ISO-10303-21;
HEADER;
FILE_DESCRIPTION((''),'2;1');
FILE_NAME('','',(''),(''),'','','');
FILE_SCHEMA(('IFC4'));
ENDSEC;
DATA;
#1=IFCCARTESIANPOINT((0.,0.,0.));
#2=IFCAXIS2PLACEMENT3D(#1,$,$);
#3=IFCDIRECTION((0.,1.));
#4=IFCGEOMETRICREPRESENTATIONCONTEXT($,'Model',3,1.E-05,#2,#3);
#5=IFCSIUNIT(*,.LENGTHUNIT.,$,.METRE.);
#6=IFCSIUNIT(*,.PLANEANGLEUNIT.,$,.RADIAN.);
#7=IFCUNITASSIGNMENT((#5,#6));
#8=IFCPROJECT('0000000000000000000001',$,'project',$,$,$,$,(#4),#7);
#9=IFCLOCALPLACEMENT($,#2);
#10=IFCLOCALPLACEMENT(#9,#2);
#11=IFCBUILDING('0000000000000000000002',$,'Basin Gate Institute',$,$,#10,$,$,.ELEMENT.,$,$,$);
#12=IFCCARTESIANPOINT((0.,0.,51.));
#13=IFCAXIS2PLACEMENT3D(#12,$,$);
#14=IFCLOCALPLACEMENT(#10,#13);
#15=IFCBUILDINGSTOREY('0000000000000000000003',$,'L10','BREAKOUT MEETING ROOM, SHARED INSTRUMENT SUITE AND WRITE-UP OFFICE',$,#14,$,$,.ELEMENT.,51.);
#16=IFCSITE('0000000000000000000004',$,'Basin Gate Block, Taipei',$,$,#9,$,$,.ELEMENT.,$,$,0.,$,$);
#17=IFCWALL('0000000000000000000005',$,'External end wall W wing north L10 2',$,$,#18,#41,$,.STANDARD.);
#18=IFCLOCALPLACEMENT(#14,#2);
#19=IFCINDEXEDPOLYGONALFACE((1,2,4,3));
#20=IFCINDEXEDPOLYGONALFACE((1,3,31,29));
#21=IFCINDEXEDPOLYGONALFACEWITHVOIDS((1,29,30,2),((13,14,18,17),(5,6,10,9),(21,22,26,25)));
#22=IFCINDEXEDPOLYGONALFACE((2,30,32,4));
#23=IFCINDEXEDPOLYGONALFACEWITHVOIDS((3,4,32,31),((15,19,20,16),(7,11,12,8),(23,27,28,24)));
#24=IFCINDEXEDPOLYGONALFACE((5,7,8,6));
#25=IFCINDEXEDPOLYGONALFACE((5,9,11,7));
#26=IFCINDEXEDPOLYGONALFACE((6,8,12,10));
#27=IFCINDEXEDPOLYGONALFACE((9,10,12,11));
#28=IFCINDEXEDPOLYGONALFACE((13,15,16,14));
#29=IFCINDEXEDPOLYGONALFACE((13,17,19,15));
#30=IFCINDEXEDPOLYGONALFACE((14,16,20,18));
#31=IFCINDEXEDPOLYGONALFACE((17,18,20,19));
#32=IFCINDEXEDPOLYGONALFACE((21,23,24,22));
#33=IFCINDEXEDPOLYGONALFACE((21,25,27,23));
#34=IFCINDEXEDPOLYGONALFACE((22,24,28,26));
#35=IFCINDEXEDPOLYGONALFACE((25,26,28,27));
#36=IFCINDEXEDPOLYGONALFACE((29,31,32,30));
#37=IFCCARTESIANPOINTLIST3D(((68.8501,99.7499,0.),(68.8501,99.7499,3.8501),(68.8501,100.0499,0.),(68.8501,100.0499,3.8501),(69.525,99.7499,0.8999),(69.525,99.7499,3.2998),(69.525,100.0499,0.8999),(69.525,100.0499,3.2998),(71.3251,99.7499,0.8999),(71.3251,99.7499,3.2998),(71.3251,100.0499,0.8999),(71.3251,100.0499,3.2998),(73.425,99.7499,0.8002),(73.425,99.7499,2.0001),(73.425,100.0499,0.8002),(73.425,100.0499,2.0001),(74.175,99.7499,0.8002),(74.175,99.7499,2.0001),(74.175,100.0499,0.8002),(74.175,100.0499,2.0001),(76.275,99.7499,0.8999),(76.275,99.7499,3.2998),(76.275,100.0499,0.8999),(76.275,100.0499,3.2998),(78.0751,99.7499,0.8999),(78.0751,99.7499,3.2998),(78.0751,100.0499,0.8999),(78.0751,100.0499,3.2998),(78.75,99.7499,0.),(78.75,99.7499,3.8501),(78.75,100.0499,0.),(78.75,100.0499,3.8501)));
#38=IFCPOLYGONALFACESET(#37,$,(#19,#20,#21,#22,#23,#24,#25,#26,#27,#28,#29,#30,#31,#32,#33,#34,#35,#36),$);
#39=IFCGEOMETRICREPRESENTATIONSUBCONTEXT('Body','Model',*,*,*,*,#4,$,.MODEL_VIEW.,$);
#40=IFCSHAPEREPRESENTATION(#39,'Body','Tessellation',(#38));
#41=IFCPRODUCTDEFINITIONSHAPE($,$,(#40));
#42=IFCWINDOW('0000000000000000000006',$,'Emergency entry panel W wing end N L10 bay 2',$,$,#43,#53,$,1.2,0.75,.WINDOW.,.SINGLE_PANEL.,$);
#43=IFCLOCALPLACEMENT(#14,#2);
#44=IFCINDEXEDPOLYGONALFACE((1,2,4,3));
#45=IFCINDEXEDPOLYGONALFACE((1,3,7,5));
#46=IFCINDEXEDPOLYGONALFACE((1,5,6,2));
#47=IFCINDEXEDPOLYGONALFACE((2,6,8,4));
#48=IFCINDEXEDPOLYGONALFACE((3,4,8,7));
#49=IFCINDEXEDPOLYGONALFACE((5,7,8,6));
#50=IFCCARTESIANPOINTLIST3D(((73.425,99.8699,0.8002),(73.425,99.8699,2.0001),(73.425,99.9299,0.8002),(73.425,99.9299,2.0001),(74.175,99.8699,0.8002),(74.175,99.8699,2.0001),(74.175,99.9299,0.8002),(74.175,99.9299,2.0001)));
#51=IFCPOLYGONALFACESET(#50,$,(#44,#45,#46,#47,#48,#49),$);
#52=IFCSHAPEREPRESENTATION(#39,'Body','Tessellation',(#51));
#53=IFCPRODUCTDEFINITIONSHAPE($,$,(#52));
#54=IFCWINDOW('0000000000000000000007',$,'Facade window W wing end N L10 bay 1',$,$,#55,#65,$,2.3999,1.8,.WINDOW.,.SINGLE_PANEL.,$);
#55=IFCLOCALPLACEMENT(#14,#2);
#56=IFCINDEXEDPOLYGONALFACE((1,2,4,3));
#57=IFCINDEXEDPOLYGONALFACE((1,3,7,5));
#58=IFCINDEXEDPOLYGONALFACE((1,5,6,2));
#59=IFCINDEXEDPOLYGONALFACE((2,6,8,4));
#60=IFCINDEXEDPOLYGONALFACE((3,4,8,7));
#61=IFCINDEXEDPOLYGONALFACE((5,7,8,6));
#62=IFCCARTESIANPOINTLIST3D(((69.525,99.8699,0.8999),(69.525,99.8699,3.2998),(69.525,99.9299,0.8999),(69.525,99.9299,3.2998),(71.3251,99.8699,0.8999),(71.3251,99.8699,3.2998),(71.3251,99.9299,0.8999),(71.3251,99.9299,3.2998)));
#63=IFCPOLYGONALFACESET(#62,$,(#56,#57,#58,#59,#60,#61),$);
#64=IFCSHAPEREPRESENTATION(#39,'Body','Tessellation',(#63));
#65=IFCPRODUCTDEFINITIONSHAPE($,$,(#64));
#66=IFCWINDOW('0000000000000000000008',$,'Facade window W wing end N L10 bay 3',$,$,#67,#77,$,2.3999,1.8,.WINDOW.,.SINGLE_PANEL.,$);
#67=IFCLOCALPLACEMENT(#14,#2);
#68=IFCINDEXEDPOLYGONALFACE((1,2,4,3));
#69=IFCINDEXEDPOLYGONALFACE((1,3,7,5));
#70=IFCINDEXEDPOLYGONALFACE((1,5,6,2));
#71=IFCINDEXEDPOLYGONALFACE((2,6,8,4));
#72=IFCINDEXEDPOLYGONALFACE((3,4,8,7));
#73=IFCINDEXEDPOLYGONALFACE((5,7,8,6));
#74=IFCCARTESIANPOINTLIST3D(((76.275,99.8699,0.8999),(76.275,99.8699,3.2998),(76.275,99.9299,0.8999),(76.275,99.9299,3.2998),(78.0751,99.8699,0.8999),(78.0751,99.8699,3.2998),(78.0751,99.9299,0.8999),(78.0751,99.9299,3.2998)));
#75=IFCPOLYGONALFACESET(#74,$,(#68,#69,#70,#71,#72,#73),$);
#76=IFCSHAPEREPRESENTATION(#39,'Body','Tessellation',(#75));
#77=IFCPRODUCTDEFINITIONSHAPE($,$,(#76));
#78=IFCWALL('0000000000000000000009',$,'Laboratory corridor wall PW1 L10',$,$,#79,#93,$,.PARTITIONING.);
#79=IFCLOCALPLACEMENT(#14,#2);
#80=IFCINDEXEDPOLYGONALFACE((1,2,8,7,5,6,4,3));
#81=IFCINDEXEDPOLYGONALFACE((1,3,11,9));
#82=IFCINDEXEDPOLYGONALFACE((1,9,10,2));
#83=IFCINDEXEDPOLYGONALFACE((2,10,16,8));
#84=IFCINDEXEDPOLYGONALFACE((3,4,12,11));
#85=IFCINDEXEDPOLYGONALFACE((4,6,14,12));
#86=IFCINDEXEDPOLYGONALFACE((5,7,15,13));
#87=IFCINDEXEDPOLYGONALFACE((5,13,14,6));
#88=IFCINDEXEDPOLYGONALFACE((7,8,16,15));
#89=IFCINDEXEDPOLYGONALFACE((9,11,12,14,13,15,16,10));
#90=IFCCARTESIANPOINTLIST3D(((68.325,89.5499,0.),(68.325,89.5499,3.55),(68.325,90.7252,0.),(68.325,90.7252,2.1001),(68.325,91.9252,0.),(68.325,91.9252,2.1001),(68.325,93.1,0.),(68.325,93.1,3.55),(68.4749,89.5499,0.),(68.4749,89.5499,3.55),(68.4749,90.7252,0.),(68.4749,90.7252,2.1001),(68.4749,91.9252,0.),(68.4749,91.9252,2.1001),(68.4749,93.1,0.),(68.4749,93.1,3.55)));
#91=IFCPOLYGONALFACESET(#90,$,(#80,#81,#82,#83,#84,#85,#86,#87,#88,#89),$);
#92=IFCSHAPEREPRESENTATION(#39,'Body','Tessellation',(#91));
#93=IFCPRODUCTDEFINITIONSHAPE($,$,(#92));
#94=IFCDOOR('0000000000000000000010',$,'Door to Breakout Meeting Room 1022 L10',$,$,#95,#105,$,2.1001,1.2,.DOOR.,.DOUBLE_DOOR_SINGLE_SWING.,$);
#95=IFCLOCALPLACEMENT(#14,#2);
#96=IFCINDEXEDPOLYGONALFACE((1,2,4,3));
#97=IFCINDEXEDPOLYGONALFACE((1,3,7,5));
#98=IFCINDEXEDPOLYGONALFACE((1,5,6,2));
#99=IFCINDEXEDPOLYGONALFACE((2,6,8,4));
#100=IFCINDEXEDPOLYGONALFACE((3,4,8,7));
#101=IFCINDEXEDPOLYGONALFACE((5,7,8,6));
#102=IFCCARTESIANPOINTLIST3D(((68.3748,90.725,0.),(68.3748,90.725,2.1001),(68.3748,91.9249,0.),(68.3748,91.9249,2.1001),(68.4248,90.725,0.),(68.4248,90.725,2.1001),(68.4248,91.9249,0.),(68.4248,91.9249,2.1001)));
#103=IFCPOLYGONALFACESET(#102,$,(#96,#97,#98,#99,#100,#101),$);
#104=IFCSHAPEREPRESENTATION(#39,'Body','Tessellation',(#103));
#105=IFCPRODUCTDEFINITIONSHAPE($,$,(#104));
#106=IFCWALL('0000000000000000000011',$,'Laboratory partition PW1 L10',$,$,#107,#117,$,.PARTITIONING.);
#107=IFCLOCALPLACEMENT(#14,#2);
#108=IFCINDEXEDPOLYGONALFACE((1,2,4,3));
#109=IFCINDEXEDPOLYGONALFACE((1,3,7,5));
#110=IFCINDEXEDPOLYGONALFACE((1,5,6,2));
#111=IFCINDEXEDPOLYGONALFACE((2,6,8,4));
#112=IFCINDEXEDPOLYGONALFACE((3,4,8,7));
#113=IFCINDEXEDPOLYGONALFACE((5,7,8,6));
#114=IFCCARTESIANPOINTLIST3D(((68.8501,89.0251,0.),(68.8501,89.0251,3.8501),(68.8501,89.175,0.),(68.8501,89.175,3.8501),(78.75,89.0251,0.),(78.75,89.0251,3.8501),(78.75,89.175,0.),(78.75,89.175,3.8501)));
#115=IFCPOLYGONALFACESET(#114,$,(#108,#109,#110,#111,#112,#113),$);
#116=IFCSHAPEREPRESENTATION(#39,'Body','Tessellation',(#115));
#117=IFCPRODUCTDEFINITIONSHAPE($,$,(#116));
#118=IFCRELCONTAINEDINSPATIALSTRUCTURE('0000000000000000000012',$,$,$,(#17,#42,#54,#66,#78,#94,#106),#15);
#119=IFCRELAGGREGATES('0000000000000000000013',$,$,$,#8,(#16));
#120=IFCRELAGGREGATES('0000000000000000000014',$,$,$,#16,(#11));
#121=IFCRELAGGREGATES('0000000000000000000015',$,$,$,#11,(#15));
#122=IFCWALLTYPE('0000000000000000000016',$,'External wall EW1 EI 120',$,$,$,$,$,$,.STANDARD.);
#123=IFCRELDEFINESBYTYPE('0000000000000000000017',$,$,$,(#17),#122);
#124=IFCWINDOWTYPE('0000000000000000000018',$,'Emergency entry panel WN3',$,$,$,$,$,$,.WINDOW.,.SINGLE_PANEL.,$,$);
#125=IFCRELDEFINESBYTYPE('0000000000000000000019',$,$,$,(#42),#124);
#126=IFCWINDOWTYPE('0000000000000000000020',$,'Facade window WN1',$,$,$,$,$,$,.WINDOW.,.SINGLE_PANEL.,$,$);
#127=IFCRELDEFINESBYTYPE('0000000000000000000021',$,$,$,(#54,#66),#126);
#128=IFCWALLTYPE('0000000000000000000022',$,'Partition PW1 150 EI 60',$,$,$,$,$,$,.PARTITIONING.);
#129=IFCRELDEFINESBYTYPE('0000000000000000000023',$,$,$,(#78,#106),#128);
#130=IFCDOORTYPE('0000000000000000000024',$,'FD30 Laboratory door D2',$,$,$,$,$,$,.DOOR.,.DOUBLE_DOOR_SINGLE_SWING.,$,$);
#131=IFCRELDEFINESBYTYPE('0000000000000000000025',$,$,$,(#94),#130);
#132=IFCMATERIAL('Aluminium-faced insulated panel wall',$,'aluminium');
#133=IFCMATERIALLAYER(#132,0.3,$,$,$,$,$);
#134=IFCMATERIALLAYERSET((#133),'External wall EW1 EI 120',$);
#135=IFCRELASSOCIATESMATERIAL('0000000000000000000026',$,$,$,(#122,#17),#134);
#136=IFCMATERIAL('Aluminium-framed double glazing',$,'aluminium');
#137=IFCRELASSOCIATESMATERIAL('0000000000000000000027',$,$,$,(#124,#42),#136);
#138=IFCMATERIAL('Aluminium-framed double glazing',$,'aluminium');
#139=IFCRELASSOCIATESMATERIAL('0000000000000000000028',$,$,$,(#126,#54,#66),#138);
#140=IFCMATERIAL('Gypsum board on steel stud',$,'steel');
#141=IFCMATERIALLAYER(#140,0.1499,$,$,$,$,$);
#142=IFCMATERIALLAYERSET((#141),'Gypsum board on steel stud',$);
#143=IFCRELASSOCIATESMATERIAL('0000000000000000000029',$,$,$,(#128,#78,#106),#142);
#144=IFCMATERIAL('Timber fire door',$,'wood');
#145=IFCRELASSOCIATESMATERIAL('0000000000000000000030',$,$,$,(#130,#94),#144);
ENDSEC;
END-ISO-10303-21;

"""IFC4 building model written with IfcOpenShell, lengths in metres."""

from ifc_helpers import new_model, si_unit, direction, frame, frame_2d, origin, place, context, subcontext, project, spatial, rectangle, extrude, material, layer, layer_set, type_object, element, fill, save


model = new_model("IFC4")

# Units and contexts
model_context = context("Model", 3, precision=1e-05, world=origin(), true_north=direction((0.0, 1.0)))
body_context = subcontext(model_context, "Body", "Model", "MODEL_VIEW")
ifc_project = project(units=[si_unit("LENGTHUNIT", "METRE"), si_unit("PLANEANGLEUNIT", "RADIAN")], contexts=[model_context])

# Site, building, storey
site_placement = place(None, origin())
site = spatial("IfcSite", under=ifc_project, at=site_placement, Name="Basin Gate Block, Taipei", CompositionType="ELEMENT", RefElevation=0.0)
building_placement = place(site_placement, origin())
building = spatial("IfcBuilding", under=site, at=building_placement, Name="Basin Gate Institute", CompositionType="ELEMENT")
storey_placement = place(building_placement, frame((0.0, 0.0, 51.0)))
storey = spatial("IfcBuildingStorey", under=building, at=storey_placement, Name="L10", Description="BREAKOUT MEETING ROOM, SHARED INSTRUMENT SUITE AND WRITE-UP OFFICE", CompositionType="ELEMENT", Elevation=51.0)

# Shared definitions
ifc_material_1 = material(Name="Aluminium-faced insulated panel wall", Category="aluminium")
ifc_layer_1 = layer(ifc_material_1, 0.3)
ifc_layer_set_1 = layer_set([ifc_layer_1], Name="External wall EW1 EI 120")
wall_type_1 = type_object("IfcWallType", Name="External wall EW1 EI 120", PredefinedType="STANDARD", material=ifc_layer_set_1)

# Wall, openings, windows
wall_1_placement = place(storey_placement, frame((68.8501, 99.8999, 0.0), z_axis=(0.0, 0.0, 1.0), x_axis=(1.0, 0.0, 0.0)))
wall_1 = element("IfcWall", 1, at=wall_1_placement, inside=storey, type_object=wall_type_1, material=ifc_layer_set_1, Name="External end wall W wing north L10 2", PredefinedType="STANDARD", context=body_context, shape_type="SweptSolid", body=[
    extrude(rectangle(XDim=9.8999, YDim=0.3, at=frame_2d((4.95, 0.0))), origin(), (0.0, 0.0, 1.0), 3.8501),
])
opening_1_placement = place(wall_1_placement, frame((0.675, 0.0, 0.8999)))
opening_1 = element("IfcOpeningElement", 2, at=opening_1_placement, cuts=wall_1, PredefinedType="OPENING", context=body_context, shape_type="SweptSolid", body=[
    extrude(rectangle(XDim=1.8, YDim=2.3999, at=frame_2d((0.8999, 1.2))), frame((0.0, 0.1602, 0.0), z_axis=(0.0, -1.0, 0.0), x_axis=(1.0, 0.0, 0.0)), (0.0, 0.0, 1.0), 0.3201),
])
opening_2_placement = place(wall_1_placement, frame((4.575, 0.0, 0.8)))
opening_2 = element("IfcOpeningElement", 3, at=opening_2_placement, cuts=wall_1, PredefinedType="OPENING", context=body_context, shape_type="SweptSolid", body=[
    extrude(rectangle(XDim=0.75, YDim=1.2, at=frame_2d((0.375, 0.6001))), frame((0.0, 0.1602, 0.0), z_axis=(0.0, -1.0, 0.0), x_axis=(1.0, 0.0, 0.0)), (0.0, 0.0, 1.0), 0.3201),
])
opening_3_placement = place(wall_1_placement, frame((7.425, 0.0, 0.8999)))
opening_3 = element("IfcOpeningElement", 4, at=opening_3_placement, cuts=wall_1, PredefinedType="OPENING", context=body_context, shape_type="SweptSolid", body=[
    extrude(rectangle(XDim=1.8, YDim=2.3999, at=frame_2d((0.8999, 1.2))), frame((0.0, 0.1602, 0.0), z_axis=(0.0, -1.0, 0.0), x_axis=(1.0, 0.0, 0.0)), (0.0, 0.0, 1.0), 0.3201),
])
ifc_material_2 = material(Name="Aluminium-framed double glazing", Category="aluminium")
window_type_1 = type_object("IfcWindowType", Name="Emergency entry panel WN3", PartitioningType="SINGLE_PANEL", PredefinedType="WINDOW", material=ifc_material_2)
window_1_placement = place(opening_2_placement, origin())
window_1 = element("IfcWindow", 5, at=window_1_placement, inside=storey, type_object=window_type_1, material=ifc_material_2, Name="Emergency entry panel W wing end N L10 bay 2", OverallHeight=1.2, OverallWidth=0.75, PartitioningType="SINGLE_PANEL", PredefinedType="WINDOW", context=body_context, shape_type="SweptSolid", body=[
    extrude(rectangle(XDim=0.75, YDim=1.2, at=frame_2d((0.375, 0.6001))), frame((0.0, 0.03, 0.0), z_axis=(0.0, -1.0, 0.0), x_axis=(1.0, 0.0, 0.0)), (0.0, 0.0, 1.0), 0.0601),
])
fill(opening_2, window_1)
ifc_material_3 = material(Name="Aluminium-framed double glazing", Category="aluminium")
window_type_2 = type_object("IfcWindowType", Name="Facade window WN1", PartitioningType="SINGLE_PANEL", PredefinedType="WINDOW", material=ifc_material_3)
window_2_placement = place(opening_1_placement, origin())
window_2 = element("IfcWindow", 6, at=window_2_placement, inside=storey, type_object=window_type_2, material=ifc_material_3, Name="Facade window W wing end N L10 bay 1", OverallHeight=2.3999, OverallWidth=1.8, PartitioningType="SINGLE_PANEL", PredefinedType="WINDOW", context=body_context, shape_type="SweptSolid", body=[
    extrude(rectangle(XDim=1.8, YDim=2.3999, at=frame_2d((0.8999, 1.2))), frame((0.0, 0.03, 0.0), z_axis=(0.0, -1.0, 0.0), x_axis=(1.0, 0.0, 0.0)), (0.0, 0.0, 1.0), 0.0601),
])
fill(opening_1, window_2)
window_3_placement = place(opening_3_placement, origin())
window_3 = element("IfcWindow", 7, at=window_3_placement, inside=storey, type_object=window_type_2, material=ifc_material_3, Name="Facade window W wing end N L10 bay 3", OverallHeight=2.3999, OverallWidth=1.8, PartitioningType="SINGLE_PANEL", PredefinedType="WINDOW", context=body_context, shape_type="SweptSolid", body=[
    extrude(rectangle(XDim=1.8, YDim=2.3999, at=frame_2d((0.8999, 1.2))), frame((0.0, 0.03, 0.0), z_axis=(0.0, -1.0, 0.0), x_axis=(1.0, 0.0, 0.0)), (0.0, 0.0, 1.0), 0.0601),
])
fill(opening_3, window_3)

# Wall, opening, door
ifc_material_4 = material(Name="Gypsum board on steel stud", Category="steel")
ifc_layer_2 = layer(ifc_material_4, 0.1499)
ifc_layer_set_2 = layer_set([ifc_layer_2], Name="Gypsum board on steel stud")
wall_type_2 = type_object("IfcWallType", Name="Partition PW1 150 EI 60", PredefinedType="PARTITIONING", material=ifc_layer_set_2)
wall_2_placement = place(storey_placement, frame((68.3999, 89.55, 0.0), z_axis=(0.0, 0.0, 1.0), x_axis=(0.0, 1.0, 0.0)))
wall_2 = element("IfcWall", 8, at=wall_2_placement, inside=storey, type_object=wall_type_2, material=ifc_layer_set_2, Name="Laboratory corridor wall PW1 L10", PredefinedType="PARTITIONING", context=body_context, shape_type="SweptSolid", body=[
    extrude(rectangle(XDim=3.55, YDim=0.1499, at=frame_2d((1.7749, 0.0))), origin(), (0.0, 0.0, 1.0), 3.55),
])
opening_4_placement = place(wall_2_placement, frame((1.175, 0.0, 0.0)))
opening_4 = element("IfcOpeningElement", 9, at=opening_4_placement, cuts=wall_2, PredefinedType="OPENING", context=body_context, shape_type="SweptSolid", body=[
    extrude(rectangle(XDim=1.2, YDim=2.1001, at=frame_2d((0.6001, 1.05))), frame((0.0, 0.085, 0.0), z_axis=(0.0, -1.0, 0.0), x_axis=(1.0, 0.0, 0.0)), (0.0, 0.0, 1.0), 0.1699),
])
ifc_material_5 = material(Name="Timber fire door", Category="wood")
door_type_1 = type_object("IfcDoorType", Name="FD30 Laboratory door D2", OperationType="DOUBLE_DOOR_SINGLE_SWING", PredefinedType="DOOR", material=ifc_material_5)
door_1_placement = place(opening_4_placement, frame((1.2, 0.0, 0.0), z_axis=(0.0, 0.0, 1.0), x_axis=(-1.0, 0.0, 0.0)))
door_1 = element("IfcDoor", 10, at=door_1_placement, inside=storey, type_object=door_type_1, material=ifc_material_5, Name="Door to Breakout Meeting Room 1022 L10", OperationType="DOUBLE_DOOR_SINGLE_SWING", OverallHeight=2.1001, OverallWidth=1.2, PredefinedType="DOOR", context=body_context, shape_type="SweptSolid", body=[
    extrude(rectangle(XDim=1.2, YDim=2.1001, at=frame_2d((0.6001, 1.05))), frame((0.0, 0.0249, 0.0), z_axis=(0.0, -1.0, 0.0), x_axis=(1.0, 0.0, 0.0)), (0.0, 0.0, 1.0), 0.05),
])
fill(opening_4, door_1)

# Wall
wall_3_placement = place(storey_placement, frame((68.8501, 89.1001, 0.0), z_axis=(0.0, 0.0, 1.0), x_axis=(1.0, 0.0, 0.0)))
element("IfcWall", 11, at=wall_3_placement, inside=storey, type_object=wall_type_2, material=ifc_layer_set_2, Name="Laboratory partition PW1 L10", PredefinedType="PARTITIONING", context=body_context, shape_type="SweptSolid", body=[
    extrude(rectangle(XDim=9.8999, YDim=0.1499, at=frame_2d((4.95, 0.0))), origin(), (0.0, 0.0, 1.0), 3.8501),
])

save(model, "model.ifc")
